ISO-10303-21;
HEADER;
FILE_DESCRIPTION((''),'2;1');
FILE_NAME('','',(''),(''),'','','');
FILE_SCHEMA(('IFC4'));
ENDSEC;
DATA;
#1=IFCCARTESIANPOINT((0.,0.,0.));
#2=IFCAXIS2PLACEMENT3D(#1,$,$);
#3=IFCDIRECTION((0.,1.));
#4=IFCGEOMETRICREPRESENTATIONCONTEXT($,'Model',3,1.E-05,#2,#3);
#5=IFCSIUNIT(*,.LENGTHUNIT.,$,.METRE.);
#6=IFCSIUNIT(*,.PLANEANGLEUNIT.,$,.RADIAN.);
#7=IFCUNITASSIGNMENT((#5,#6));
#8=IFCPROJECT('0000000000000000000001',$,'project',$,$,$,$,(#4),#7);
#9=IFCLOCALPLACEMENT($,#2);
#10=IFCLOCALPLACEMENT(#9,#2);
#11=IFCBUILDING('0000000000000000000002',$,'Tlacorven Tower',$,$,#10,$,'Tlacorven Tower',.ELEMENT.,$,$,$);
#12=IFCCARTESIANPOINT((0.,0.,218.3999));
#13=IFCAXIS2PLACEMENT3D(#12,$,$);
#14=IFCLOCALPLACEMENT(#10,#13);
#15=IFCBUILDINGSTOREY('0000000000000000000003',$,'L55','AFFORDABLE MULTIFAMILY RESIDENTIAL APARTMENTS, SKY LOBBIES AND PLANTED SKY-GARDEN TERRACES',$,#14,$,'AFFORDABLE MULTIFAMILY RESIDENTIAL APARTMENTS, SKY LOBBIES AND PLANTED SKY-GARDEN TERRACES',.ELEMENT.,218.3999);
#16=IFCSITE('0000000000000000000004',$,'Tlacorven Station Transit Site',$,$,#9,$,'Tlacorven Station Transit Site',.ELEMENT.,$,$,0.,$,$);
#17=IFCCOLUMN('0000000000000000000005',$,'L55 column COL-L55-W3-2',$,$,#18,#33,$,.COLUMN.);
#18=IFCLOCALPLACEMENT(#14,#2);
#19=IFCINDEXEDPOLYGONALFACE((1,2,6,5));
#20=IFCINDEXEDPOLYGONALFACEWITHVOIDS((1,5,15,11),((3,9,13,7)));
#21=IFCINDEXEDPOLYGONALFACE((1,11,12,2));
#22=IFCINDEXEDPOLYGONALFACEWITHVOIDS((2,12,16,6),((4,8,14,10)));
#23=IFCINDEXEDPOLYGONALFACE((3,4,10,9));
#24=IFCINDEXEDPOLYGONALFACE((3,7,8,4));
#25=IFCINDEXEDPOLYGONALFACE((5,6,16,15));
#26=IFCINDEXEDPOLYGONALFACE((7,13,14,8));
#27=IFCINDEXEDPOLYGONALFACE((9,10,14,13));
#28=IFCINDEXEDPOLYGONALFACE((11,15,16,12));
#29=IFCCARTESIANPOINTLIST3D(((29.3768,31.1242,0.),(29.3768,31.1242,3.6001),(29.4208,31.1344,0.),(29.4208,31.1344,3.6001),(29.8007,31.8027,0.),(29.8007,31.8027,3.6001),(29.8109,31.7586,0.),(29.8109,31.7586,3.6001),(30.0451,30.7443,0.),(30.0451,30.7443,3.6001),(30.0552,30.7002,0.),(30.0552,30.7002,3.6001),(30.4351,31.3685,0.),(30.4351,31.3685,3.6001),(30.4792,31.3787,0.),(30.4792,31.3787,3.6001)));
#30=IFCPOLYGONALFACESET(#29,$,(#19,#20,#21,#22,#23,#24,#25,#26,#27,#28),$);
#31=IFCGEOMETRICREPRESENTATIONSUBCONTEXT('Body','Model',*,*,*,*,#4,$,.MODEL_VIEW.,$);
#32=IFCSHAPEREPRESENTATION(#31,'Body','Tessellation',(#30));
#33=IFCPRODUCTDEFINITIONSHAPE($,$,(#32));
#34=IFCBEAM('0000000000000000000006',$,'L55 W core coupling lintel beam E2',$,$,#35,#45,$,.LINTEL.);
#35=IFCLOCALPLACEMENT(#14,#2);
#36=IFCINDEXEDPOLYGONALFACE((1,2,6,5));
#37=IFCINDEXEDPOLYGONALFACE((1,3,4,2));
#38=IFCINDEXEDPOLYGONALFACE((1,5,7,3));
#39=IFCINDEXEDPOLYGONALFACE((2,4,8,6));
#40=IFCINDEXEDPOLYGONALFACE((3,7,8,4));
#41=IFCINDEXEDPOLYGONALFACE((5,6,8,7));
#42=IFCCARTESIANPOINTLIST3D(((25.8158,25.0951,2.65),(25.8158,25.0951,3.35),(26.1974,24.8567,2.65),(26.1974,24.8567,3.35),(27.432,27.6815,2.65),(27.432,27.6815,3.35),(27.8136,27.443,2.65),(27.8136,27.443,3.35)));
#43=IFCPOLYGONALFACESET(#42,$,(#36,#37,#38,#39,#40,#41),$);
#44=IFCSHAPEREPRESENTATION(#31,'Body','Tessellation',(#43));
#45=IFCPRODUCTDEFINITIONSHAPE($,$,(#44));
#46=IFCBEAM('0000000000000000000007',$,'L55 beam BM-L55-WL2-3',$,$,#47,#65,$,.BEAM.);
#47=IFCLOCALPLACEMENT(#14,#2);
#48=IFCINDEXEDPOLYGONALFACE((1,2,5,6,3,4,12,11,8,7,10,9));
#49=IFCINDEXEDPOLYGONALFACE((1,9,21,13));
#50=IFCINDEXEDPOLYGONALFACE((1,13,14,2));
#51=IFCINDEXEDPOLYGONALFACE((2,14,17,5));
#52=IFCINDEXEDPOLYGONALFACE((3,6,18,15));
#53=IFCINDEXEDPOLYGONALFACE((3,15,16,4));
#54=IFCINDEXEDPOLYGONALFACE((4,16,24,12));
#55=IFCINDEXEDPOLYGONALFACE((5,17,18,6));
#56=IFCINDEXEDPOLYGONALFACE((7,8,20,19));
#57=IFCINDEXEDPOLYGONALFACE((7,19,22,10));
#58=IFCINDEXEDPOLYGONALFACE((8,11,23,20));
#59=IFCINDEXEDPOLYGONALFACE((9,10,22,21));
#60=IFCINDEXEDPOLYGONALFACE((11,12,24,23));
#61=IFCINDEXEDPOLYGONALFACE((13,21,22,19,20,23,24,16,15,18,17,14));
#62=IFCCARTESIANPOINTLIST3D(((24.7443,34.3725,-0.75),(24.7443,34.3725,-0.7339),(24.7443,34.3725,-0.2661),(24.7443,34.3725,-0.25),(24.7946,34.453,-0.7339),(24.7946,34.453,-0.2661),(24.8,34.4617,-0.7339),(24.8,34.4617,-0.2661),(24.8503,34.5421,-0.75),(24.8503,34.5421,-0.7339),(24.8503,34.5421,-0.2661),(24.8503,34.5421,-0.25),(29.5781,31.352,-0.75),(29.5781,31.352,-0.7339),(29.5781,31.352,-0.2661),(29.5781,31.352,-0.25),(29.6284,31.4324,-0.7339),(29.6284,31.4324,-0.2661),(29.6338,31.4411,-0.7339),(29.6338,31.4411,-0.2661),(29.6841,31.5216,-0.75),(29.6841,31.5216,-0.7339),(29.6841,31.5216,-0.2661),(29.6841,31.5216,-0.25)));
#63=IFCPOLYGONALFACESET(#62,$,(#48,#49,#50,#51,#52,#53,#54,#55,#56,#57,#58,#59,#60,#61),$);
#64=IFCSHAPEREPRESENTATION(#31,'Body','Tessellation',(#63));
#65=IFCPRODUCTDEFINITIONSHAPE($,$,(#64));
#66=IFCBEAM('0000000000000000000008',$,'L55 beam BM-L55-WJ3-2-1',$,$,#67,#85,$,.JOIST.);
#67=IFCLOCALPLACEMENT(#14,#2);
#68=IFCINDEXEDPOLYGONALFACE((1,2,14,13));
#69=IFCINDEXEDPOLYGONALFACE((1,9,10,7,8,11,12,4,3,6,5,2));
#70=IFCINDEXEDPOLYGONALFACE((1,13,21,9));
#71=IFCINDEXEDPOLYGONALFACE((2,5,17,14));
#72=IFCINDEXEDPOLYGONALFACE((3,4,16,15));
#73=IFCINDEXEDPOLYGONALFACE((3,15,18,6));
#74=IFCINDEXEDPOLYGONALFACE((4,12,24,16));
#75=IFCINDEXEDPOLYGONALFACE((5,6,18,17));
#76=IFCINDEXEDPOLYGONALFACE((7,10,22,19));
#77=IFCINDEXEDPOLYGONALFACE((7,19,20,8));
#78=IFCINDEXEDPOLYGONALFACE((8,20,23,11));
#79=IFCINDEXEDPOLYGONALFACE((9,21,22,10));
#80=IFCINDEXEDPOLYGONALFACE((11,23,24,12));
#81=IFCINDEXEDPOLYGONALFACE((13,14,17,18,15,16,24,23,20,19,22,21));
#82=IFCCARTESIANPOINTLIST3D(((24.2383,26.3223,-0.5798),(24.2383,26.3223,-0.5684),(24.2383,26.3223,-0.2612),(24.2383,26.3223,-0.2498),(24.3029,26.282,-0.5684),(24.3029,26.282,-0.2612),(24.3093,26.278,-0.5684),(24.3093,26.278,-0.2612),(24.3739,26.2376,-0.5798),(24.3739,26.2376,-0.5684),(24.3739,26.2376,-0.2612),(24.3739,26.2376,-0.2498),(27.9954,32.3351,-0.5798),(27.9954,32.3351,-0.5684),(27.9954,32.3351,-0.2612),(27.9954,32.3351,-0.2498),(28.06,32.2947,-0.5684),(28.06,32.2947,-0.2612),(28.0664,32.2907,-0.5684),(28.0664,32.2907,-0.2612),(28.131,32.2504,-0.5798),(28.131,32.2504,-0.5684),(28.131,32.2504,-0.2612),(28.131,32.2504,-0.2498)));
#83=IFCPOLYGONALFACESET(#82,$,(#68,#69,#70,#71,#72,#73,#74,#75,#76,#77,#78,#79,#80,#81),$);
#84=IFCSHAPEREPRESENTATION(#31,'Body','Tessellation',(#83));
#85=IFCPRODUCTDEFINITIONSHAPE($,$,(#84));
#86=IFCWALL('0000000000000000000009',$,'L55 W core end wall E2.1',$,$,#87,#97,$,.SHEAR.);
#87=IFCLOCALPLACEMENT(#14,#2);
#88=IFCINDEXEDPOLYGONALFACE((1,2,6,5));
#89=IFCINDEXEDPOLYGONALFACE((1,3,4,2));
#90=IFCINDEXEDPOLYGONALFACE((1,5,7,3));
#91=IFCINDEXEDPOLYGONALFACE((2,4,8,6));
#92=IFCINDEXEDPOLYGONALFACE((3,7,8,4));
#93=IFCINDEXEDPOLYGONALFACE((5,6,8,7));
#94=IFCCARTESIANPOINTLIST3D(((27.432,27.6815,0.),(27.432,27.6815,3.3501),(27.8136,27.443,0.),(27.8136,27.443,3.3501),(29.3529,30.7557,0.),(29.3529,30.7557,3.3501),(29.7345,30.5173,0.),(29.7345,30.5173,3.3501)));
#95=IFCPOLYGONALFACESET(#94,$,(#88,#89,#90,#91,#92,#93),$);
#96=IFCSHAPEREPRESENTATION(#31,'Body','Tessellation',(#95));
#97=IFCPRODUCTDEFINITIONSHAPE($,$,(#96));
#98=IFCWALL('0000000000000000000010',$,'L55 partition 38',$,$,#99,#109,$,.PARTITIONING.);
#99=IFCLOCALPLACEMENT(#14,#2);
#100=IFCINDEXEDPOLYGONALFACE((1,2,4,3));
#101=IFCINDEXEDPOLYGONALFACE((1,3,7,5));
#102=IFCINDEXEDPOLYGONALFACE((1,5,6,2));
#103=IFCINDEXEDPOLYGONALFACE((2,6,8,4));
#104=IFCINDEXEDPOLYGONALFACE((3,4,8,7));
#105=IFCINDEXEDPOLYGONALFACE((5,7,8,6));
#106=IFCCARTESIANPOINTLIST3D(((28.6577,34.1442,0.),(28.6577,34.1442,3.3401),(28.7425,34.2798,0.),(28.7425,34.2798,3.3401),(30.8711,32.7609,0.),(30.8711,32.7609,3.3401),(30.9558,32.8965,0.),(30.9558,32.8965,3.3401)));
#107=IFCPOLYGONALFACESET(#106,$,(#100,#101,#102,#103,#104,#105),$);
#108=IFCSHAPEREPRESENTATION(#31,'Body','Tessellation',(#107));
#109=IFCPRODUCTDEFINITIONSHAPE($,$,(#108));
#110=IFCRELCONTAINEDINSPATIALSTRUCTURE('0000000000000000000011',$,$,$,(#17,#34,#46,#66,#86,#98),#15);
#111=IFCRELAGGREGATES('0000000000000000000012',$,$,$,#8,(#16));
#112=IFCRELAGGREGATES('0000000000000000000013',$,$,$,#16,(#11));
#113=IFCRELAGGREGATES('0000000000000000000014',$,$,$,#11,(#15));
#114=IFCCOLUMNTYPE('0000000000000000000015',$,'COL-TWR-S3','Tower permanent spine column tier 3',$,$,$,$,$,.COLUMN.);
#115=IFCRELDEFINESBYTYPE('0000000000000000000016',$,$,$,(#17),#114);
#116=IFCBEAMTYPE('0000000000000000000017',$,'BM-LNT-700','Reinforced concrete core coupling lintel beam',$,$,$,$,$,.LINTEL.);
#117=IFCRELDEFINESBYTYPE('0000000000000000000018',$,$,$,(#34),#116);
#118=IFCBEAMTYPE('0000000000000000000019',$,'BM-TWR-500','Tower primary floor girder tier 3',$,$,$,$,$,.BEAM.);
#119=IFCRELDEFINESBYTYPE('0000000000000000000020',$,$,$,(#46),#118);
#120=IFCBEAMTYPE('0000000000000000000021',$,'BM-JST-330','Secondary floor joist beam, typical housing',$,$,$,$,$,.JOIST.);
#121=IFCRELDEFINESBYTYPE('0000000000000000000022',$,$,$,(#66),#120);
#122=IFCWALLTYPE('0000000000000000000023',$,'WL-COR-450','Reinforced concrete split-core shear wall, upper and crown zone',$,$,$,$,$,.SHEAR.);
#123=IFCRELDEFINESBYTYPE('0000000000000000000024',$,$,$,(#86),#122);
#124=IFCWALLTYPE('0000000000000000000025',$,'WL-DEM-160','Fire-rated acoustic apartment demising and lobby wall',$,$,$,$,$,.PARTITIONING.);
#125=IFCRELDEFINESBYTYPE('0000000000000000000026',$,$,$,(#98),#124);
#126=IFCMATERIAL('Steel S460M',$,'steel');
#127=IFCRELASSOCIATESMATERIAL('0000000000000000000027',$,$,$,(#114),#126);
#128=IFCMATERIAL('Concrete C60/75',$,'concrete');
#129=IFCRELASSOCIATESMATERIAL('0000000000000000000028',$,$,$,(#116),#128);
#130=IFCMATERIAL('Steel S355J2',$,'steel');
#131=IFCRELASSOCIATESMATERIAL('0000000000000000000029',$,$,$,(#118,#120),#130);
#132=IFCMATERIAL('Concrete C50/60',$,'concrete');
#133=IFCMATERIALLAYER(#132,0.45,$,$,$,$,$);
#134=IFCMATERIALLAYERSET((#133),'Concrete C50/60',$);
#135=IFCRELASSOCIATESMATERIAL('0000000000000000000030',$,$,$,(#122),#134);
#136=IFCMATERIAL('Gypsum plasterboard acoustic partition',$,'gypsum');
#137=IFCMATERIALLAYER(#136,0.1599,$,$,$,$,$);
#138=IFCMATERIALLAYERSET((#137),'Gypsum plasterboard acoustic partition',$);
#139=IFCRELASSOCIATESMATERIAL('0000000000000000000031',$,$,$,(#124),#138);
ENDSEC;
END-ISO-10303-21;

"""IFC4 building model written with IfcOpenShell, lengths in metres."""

from ifc_helpers import new_model, si_unit, direction, frame, frame_2d, origin, origin_2d, place, context, subcontext, project, spatial, rectangle, hollow_rectangle, i_section, extrude, source, transform, mapped, material, layer, layer_set, material_profile, profile_set, type_object, element, save


model = new_model("IFC4")

# Units and contexts
model_context = context("Model", 3, precision=1e-05, world=origin(), true_north=direction((0.0, 1.0)))
body_context = subcontext(model_context, "Body", "Model", "MODEL_VIEW")
ifc_project = project(units=[si_unit("LENGTHUNIT", "METRE"), si_unit("PLANEANGLEUNIT", "RADIAN")], contexts=[model_context])

# Site, building, storey
site_placement = place(None, origin())
site = spatial("IfcSite", under=ifc_project, at=site_placement, Name="Tlacorven Station Transit Site", LongName="Tlacorven Station Transit Site", CompositionType="ELEMENT", RefElevation=0.0)
building_placement = place(site_placement, origin())
building = spatial("IfcBuilding", under=site, at=building_placement, Name="Tlacorven Tower", LongName="Tlacorven Tower", CompositionType="ELEMENT")
storey_placement = place(building_placement, frame((0.0, 0.0, 218.3999)))
storey = spatial("IfcBuildingStorey", under=building, at=storey_placement, Name="L55", Description="AFFORDABLE MULTIFAMILY RESIDENTIAL APARTMENTS, SKY LOBBIES AND PLANTED SKY-GARDEN TERRACES", LongName="AFFORDABLE MULTIFAMILY RESIDENTIAL APARTMENTS, SKY LOBBIES AND PLANTED SKY-GARDEN TERRACES", CompositionType="ELEMENT", Elevation=218.3999)

# Column
ifc_material_1 = material(Name="Steel S460M", Category="steel")
ifc_material_profile_1 = material_profile(ifc_material_1, hollow_rectangle(XDim=0.8, YDim=0.8, WallThickness=0.032, at=origin_2d()), Name="BOX 800X800X32")
ifc_profile_set_1 = profile_set([ifc_material_profile_1], Name="Steel S460M")
column_type = type_object("IfcColumnType", Name="COL-TWR-S3", Description="Tower permanent spine column tier 3", PredefinedType="COLUMN", material=ifc_profile_set_1)
shared_shape_1 = source(origin(), body_context, "Body", "SweptSolid", [
    extrude(hollow_rectangle(XDim=0.8, YDim=0.8, WallThickness=0.032, at=origin_2d()), origin(), (0.0, 0.0, 1.0), 3.6001),
])
column_placement = place(storey_placement, frame((29.928, 31.2515, 0.0), z_axis=(0.0, 0.0, 1.0), x_axis=(-0.848048, 0.529919, 0.0)))
element("IfcColumn", 1, at=column_placement, inside=storey, type_object=column_type, Name="L55 column COL-L55-W3-2", PredefinedType="COLUMN", context=body_context, shape_type="MappedRepresentation", body=[
    mapped(shared_shape_1, transform((0.0, 0.0, 0.0), scale=1.0)),
])

# Beams
ifc_material_2 = material(Name="Concrete C60/75", Category="concrete")
ifc_material_profile_2 = material_profile(ifc_material_2, rectangle(XDim=0.45, YDim=0.7, at=origin_2d()), Name="RC 450X700")
ifc_profile_set_2 = profile_set([ifc_material_profile_2], Name="Concrete C60/75")
beam_type_1 = type_object("IfcBeamType", Name="BM-LNT-700", Description="Reinforced concrete core coupling lintel beam", PredefinedType="LINTEL", material=ifc_profile_set_2)
shared_shape_2 = source(origin(), body_context, "Body", "SweptSolid", [
    extrude(rectangle(XDim=0.45, YDim=0.7, at=origin_2d()), origin(), (0.0, 0.0, 1.0), 3.0498),
])
beam_1_placement = place(storey_placement, frame((27.6228, 27.5623, 3.0), z_axis=(-0.529927, -0.848043, 0.0), x_axis=(0.848043, -0.529927, 0.0)))
element("IfcBeam", 2, at=beam_1_placement, inside=storey, type_object=beam_type_1, Name="L55 W core coupling lintel beam E2", PredefinedType="LINTEL", context=body_context, shape_type="MappedRepresentation", body=[
    mapped(shared_shape_2, transform((0.0, 0.0, 0.0), scale=1.0)),
])
ifc_material_3 = material(Name="Steel S355J2", Category="steel")
ifc_material_profile_3 = material_profile(ifc_material_3, i_section(OverallWidth=0.2, OverallDepth=0.5, WebThickness=0.0103, FlangeThickness=0.0161, at=origin_2d()), Name="IPE 500")
ifc_profile_set_3 = profile_set([ifc_material_profile_3], Name="Steel S355J2")
beam_type_2 = type_object("IfcBeamType", Name="BM-TWR-500", Description="Tower primary floor girder tier 3", PredefinedType="BEAM", material=ifc_profile_set_3)
shared_shape_3 = source(origin(), body_context, "Body", "SweptSolid", [
    extrude(i_section(OverallWidth=0.2, OverallDepth=0.5, WebThickness=0.0103, FlangeThickness=0.0161, at=origin_2d()), origin(), (0.0, 0.0, 1.0), 5.7),
])
beam_2_placement = place(storey_placement, frame((29.6311, 31.4368, -0.5), z_axis=(-0.848044, 0.529926, 0.0), x_axis=(-0.529926, -0.848044, 0.0)))
element("IfcBeam", 3, at=beam_2_placement, inside=storey, type_object=beam_type_2, Name="L55 beam BM-L55-WL2-3", PredefinedType="BEAM", context=body_context, shape_type="MappedRepresentation", body=[
    mapped(shared_shape_3, transform((0.0, 0.0, 0.0), scale=1.0)),
])
ifc_material_profile_4 = material_profile(ifc_material_3, i_section(OverallWidth=0.1599, OverallDepth=0.3301, WebThickness=0.0076, FlangeThickness=0.0115, at=origin_2d()), Name="IPE 330")
ifc_profile_set_4 = profile_set([ifc_material_profile_4], Name="Steel S355J2")
beam_type_3 = type_object("IfcBeamType", Name="BM-JST-330", Description="Secondary floor joist beam, typical housing", PredefinedType="JOIST", material=ifc_profile_set_4)
shared_shape_4 = source(origin(), body_context, "Body", "SweptSolid", [
    extrude(i_section(OverallWidth=0.1599, OverallDepth=0.3301, WebThickness=0.0076, FlangeThickness=0.0115, at=origin_2d()), origin(), (0.0, 0.0, 1.0), 7.0901),
])
beam_3_placement = place(storey_placement, frame((28.0632, 32.2927, -0.4148), z_axis=(-0.529912, -0.848052, 0.0), x_axis=(0.848052, -0.529912, 0.0)))
element("IfcBeam", 4, at=beam_3_placement, inside=storey, type_object=beam_type_3, Name="L55 beam BM-L55-WJ3-2-1", PredefinedType="JOIST", context=body_context, shape_type="MappedRepresentation", body=[
    mapped(shared_shape_4, transform((0.0, 0.0, 0.0), scale=1.0)),
])

# Walls
ifc_material_4 = material(Name="Concrete C50/60", Category="concrete")
ifc_layer_1 = layer(ifc_material_4, 0.45)
ifc_layer_set_1 = layer_set([ifc_layer_1], Name="Concrete C50/60")
wall_type_1 = type_object("IfcWallType", Name="WL-COR-450", Description="Reinforced concrete split-core shear wall, upper and crown zone", PredefinedType="SHEAR", material=ifc_layer_set_1)
wall_1_placement = place(storey_placement, frame((29.5437, 30.6365, 0.0), z_axis=(0.0, 0.0, 1.0), x_axis=(-0.529902, -0.848059, 0.0)))
element("IfcWall", 5, at=wall_1_placement, inside=storey, type_object=wall_type_1, Name="L55 W core end wall E2.1", PredefinedType="SHEAR", context=body_context, shape_type="SweptSolid", body=[
    extrude(rectangle(XDim=3.625, YDim=0.45, at=frame_2d((1.8125, 0.0))), origin(), (0.0, 0.0, 1.0), 3.3501),
])
ifc_material_5 = material(Name="Gypsum plasterboard acoustic partition", Category="gypsum")
ifc_layer_2 = layer(ifc_material_5, 0.1599)
ifc_layer_set_2 = layer_set([ifc_layer_2], Name="Gypsum plasterboard acoustic partition")
wall_type_2 = type_object("IfcWallType", Name="WL-DEM-160", Description="Fire-rated acoustic apartment demising and lobby wall", PredefinedType="PARTITIONING", material=ifc_layer_set_2)
wall_2_placement = place(storey_placement, frame((30.9136, 32.8286, 0.0), z_axis=(0.0, 0.0, 1.0), x_axis=(-0.848009, 0.529982, 0.0)))
element("IfcWall", 6, at=wall_2_placement, inside=storey, type_object=wall_type_2, Name="L55 partition 38", PredefinedType="PARTITIONING", context=body_context, shape_type="SweptSolid", body=[
    extrude(rectangle(XDim=2.6101, YDim=0.1599, at=frame_2d((1.3052, 0.0))), origin(), (0.0, 0.0, 1.0), 3.3401),
])

save(model, "model.ifc")
